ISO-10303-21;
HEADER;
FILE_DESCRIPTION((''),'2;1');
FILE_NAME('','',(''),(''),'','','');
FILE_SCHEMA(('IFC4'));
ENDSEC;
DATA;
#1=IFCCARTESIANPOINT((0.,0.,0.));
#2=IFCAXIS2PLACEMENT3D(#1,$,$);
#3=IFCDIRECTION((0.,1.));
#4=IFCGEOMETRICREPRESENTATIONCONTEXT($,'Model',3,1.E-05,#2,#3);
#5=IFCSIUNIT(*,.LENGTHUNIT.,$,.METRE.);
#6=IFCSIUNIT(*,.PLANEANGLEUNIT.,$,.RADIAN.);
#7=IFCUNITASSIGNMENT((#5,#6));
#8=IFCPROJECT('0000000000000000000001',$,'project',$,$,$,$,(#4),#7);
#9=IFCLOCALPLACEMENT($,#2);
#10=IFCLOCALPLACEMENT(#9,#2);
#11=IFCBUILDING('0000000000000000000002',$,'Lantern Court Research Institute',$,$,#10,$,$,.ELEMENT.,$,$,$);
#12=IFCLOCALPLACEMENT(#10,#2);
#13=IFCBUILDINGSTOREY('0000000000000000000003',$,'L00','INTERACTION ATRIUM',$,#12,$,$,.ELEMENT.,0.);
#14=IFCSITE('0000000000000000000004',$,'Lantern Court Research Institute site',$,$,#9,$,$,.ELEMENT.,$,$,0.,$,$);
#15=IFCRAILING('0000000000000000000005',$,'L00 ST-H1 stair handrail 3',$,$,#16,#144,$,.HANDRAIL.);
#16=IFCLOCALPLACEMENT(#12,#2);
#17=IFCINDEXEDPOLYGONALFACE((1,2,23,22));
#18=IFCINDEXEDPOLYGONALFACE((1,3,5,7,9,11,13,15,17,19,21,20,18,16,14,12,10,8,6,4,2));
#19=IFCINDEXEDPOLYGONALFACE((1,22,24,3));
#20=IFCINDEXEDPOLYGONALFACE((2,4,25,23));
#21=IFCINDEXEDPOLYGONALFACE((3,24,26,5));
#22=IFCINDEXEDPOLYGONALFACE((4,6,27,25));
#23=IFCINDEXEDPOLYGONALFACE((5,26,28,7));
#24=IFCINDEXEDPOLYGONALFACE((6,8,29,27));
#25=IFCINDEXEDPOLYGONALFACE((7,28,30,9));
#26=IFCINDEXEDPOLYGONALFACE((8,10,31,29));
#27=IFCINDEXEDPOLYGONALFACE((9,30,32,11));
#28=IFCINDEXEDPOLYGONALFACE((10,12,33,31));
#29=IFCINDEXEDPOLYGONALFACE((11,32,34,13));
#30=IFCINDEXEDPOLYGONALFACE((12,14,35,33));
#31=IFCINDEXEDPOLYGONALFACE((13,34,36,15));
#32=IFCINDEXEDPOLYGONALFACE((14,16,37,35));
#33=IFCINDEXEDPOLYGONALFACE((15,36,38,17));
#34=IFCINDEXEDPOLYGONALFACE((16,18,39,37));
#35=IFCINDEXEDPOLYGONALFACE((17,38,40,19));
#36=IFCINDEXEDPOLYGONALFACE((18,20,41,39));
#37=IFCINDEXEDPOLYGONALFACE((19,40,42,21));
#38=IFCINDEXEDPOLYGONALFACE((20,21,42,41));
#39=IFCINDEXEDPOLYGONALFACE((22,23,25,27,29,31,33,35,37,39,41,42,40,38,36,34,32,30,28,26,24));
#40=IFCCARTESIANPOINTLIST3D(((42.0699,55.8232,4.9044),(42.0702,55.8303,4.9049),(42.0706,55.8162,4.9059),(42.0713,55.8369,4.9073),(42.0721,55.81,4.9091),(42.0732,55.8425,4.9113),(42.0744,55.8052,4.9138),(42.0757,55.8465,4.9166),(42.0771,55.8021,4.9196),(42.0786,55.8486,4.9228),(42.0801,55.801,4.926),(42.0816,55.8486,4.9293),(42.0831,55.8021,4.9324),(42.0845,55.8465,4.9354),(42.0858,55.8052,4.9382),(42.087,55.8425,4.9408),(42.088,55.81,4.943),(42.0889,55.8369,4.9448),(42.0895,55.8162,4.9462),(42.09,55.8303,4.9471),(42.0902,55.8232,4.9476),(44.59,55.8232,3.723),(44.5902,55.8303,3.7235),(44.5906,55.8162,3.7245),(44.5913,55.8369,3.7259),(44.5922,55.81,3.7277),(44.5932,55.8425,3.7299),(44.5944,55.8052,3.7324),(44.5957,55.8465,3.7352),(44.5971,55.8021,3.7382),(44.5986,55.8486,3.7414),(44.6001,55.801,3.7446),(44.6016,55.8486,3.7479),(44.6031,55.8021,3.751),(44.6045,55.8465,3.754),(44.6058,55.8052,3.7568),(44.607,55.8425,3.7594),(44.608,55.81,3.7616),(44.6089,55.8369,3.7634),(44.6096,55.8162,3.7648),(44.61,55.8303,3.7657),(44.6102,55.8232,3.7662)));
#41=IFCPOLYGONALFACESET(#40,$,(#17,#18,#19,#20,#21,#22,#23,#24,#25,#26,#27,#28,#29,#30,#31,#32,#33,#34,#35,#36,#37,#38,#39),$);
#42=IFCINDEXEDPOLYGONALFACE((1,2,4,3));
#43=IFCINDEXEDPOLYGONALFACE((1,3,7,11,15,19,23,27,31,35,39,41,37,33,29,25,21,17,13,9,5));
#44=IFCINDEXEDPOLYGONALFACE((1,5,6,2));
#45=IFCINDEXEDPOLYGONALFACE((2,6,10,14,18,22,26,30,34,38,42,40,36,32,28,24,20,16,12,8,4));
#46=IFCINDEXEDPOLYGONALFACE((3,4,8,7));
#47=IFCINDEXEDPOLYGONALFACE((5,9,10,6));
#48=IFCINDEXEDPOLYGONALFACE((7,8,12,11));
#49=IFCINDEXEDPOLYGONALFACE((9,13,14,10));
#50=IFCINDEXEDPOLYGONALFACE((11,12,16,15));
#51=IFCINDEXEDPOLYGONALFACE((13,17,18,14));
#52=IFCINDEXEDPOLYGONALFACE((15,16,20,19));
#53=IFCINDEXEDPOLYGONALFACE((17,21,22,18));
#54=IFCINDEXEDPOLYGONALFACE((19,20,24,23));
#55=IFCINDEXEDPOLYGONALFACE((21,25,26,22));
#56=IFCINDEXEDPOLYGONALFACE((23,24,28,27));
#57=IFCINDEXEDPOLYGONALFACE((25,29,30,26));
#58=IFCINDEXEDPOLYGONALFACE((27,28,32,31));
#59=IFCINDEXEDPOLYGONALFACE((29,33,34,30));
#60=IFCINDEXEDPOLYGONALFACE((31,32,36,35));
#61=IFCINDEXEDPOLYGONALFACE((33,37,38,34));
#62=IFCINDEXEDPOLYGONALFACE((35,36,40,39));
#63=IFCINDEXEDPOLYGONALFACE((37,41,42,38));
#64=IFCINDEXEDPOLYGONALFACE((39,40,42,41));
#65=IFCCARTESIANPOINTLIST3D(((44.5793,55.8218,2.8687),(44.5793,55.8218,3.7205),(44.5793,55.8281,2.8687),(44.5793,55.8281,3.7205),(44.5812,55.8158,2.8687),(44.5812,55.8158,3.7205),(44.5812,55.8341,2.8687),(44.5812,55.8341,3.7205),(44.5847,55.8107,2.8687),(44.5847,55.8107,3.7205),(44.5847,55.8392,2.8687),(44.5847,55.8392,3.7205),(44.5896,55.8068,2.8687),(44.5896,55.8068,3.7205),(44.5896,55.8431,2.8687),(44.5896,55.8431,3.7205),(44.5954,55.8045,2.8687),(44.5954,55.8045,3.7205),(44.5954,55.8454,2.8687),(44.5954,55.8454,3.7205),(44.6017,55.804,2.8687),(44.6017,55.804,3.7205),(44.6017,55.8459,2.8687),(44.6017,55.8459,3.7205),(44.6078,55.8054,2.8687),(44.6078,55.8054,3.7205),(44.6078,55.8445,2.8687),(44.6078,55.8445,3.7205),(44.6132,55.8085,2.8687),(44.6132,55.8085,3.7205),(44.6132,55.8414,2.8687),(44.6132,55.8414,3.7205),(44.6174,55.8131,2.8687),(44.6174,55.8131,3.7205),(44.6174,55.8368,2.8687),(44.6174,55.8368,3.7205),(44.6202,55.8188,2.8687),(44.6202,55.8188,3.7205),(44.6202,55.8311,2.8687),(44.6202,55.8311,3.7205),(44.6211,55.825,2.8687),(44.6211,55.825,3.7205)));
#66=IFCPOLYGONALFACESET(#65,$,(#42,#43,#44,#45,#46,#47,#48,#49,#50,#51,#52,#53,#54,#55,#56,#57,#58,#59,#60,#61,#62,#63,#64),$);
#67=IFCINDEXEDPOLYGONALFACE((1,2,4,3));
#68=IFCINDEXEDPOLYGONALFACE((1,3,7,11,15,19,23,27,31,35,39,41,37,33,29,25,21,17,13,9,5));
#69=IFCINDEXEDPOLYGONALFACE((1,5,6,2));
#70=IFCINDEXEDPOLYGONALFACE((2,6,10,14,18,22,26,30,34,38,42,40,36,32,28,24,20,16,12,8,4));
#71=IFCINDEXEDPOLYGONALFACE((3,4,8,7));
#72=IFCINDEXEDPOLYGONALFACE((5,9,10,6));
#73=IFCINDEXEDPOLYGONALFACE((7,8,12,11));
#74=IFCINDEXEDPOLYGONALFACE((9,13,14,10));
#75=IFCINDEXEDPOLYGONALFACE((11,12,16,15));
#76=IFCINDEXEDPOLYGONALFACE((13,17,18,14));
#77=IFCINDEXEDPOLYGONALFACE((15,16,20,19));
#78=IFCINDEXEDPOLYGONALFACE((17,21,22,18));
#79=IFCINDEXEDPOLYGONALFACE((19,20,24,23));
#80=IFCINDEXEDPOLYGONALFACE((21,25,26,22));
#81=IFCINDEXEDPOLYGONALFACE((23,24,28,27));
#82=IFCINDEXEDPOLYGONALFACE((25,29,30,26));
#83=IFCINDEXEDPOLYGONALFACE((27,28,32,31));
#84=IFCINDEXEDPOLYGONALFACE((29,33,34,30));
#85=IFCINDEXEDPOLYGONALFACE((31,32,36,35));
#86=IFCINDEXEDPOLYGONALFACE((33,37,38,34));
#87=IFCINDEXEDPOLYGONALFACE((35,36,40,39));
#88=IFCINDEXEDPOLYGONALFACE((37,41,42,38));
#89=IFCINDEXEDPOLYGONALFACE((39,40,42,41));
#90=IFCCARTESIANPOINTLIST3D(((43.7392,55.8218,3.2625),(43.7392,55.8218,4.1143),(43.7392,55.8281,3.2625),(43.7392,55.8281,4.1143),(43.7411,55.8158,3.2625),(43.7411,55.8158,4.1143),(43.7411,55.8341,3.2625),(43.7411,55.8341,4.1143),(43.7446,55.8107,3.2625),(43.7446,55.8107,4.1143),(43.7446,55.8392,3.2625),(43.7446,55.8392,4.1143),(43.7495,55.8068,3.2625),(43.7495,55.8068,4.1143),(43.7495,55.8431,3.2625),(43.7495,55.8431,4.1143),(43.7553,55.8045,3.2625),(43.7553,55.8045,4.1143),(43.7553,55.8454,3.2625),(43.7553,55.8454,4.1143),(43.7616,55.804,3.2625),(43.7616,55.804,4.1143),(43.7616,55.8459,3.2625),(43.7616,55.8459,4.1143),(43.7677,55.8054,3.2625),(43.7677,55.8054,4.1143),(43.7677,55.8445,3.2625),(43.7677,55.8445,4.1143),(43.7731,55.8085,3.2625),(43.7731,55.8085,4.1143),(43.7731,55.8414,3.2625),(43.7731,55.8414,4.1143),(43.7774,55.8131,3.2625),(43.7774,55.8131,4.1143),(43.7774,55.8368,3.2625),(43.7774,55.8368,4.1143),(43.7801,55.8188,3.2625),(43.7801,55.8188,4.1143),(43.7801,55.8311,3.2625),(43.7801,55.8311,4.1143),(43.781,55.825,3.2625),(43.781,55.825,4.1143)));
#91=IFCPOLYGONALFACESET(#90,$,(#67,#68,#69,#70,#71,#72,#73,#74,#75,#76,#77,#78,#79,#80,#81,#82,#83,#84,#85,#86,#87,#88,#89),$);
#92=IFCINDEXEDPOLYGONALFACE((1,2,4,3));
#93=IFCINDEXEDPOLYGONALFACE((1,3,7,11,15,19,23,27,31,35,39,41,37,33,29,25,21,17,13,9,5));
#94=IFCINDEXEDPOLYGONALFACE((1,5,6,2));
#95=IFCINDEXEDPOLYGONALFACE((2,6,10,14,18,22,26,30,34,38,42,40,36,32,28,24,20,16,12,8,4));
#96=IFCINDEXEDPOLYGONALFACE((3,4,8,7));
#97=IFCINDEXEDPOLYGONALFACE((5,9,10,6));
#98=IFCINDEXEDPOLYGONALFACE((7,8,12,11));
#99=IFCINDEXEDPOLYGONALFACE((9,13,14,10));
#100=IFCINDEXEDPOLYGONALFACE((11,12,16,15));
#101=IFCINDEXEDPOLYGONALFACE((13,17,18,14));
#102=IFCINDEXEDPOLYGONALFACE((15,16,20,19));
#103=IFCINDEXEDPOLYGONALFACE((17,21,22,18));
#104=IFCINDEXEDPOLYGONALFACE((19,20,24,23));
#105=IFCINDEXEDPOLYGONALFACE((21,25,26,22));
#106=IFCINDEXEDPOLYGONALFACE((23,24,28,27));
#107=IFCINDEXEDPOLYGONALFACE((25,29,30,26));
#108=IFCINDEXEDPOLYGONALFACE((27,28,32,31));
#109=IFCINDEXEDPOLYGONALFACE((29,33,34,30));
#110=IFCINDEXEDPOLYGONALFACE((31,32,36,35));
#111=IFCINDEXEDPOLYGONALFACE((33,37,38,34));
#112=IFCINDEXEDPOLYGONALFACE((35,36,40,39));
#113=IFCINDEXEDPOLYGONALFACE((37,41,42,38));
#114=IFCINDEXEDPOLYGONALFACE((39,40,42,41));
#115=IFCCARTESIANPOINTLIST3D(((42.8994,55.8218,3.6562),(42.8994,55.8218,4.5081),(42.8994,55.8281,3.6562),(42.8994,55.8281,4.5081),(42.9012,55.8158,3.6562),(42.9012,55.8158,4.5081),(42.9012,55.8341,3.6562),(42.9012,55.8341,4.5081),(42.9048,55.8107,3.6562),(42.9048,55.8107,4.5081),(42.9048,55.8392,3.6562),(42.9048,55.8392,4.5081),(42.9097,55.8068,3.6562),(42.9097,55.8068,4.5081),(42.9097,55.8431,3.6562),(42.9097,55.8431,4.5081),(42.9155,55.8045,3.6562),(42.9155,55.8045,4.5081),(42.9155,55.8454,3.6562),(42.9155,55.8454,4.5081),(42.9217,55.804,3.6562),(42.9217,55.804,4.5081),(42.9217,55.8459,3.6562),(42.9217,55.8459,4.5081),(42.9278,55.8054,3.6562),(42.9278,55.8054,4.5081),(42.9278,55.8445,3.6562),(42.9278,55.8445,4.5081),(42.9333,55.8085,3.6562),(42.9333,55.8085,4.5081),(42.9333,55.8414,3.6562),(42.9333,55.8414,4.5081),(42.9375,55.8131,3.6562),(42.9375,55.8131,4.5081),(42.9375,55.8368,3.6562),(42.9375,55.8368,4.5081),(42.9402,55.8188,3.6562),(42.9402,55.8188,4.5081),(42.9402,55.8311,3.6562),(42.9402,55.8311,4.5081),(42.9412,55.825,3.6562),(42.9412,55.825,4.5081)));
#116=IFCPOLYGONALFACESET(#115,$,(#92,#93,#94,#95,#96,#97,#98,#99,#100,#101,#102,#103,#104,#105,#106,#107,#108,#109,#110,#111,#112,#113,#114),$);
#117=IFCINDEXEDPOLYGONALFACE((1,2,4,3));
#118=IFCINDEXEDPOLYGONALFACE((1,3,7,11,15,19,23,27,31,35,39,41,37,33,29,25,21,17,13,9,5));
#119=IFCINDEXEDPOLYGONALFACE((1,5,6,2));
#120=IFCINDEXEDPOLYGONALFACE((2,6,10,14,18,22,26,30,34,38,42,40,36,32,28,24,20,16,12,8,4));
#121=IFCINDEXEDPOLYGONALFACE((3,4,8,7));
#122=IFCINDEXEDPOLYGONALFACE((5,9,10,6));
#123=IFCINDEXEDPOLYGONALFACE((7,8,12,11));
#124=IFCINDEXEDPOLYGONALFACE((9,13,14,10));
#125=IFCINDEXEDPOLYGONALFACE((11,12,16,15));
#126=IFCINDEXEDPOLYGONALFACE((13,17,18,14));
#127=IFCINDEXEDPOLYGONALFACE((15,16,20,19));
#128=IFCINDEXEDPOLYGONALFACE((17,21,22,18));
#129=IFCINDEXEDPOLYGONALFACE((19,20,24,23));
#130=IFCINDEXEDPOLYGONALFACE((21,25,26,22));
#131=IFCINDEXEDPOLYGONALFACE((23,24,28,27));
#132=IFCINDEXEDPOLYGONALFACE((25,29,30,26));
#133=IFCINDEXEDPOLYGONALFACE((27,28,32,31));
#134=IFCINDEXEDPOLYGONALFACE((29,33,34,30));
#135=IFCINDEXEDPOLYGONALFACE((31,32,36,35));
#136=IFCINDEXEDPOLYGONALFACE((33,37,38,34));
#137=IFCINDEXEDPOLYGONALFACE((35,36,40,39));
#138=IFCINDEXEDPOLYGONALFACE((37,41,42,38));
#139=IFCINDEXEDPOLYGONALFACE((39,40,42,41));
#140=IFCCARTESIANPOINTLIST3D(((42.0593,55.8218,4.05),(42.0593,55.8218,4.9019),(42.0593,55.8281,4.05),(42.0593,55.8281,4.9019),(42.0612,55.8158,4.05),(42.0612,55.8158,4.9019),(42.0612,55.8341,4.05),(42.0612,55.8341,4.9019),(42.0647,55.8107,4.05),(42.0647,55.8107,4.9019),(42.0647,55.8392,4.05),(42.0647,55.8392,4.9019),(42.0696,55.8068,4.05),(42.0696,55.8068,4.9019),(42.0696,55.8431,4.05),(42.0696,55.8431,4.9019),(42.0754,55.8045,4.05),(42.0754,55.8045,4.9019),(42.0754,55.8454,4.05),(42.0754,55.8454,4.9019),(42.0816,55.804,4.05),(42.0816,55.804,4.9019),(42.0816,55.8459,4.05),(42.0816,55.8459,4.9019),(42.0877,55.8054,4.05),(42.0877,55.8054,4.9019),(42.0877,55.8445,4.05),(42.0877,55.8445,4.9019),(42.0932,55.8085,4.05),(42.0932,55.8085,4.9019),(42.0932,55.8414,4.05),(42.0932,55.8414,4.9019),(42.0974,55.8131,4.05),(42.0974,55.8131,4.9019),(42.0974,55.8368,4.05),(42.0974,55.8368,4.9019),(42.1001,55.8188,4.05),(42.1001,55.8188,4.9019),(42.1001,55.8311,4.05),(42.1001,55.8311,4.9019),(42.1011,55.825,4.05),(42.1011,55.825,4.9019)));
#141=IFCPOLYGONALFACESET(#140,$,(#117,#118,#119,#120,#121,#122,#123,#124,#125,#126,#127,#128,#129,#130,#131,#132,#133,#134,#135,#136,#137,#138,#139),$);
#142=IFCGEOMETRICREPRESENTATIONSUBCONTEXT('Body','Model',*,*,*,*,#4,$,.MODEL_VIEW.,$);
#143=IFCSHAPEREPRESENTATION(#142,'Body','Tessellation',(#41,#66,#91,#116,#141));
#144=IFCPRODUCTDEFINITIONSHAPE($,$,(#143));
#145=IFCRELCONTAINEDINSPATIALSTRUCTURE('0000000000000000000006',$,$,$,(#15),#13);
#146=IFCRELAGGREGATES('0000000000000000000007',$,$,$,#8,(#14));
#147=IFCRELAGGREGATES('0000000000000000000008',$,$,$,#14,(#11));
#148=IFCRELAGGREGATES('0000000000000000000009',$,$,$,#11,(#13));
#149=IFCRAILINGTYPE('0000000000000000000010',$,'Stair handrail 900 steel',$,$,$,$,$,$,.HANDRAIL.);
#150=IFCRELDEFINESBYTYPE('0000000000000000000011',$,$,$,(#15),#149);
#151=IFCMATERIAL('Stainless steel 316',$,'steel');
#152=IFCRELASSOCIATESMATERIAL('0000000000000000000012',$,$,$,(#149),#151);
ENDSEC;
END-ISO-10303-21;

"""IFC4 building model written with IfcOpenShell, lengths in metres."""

from ifc_helpers import new_model, si_unit, direction, frame, origin, origin_2d, place, context, subcontext, project, spatial, circle, extrude, material, type_object, element, save


model = new_model("IFC4")

# Units and contexts
model_context = context("Model", 3, precision=1e-05, world=origin(), true_north=direction((0.0, 1.0)))
body_context = subcontext(model_context, "Body", "Model", "MODEL_VIEW")
ifc_project = project(units=[si_unit("LENGTHUNIT", "METRE"), si_unit("PLANEANGLEUNIT", "RADIAN")], contexts=[model_context])

# Site, building, storey
site_placement = place(None, origin())
site = spatial("IfcSite", under=ifc_project, at=site_placement, Name="Lantern Court Research Institute site", CompositionType="ELEMENT", RefElevation=0.0)
building_placement = place(site_placement, origin())
building = spatial("IfcBuilding", under=site, at=building_placement, Name="Lantern Court Research Institute", CompositionType="ELEMENT")
storey_placement = place(building_placement, origin())
storey = spatial("IfcBuildingStorey", under=building, at=storey_placement, Name="L00", Description="INTERACTION ATRIUM", CompositionType="ELEMENT", Elevation=0.0)

# Railing
ifc_material_1 = material(Name="Stainless steel 316", Category="steel")
railing_type_1 = type_object("IfcRailingType", Name="Stair handrail 900 steel", PredefinedType="HANDRAIL", material=ifc_material_1)
for number, where, name in (
    (1, (44.6001, 55.825, 2.8687), "L00 ST-H1 stair handrail 3"),
):
    element("IfcRailing", number, at=place(storey_placement, frame(where)), inside=storey, type_object=railing_type_1, Name=name, PredefinedType="HANDRAIL", context=body_context, shape_type="SweptSolid", body=[
        extrude(circle(Radius=0.0239, at=origin_2d()), frame((0.0, 0.0, 0.876), z_axis=(-0.90544, 0.0, 0.424474), x_axis=(0.0, -1.0, 0.0)), (0.0, 0.0, 1.0), 2.7832),
        extrude(circle(Radius=0.021, at=origin_2d()), origin(), (0.0, 0.0, 1.0), 0.8518),
        extrude(circle(Radius=0.021, at=origin_2d()), frame((-0.8401, 0.0, 0.3938)), (0.0, 0.0, 1.0), 0.8518),
        extrude(circle(Radius=0.021, at=origin_2d()), frame((-1.6799, 0.0, 0.7876)), (0.0, 0.0, 1.0), 0.8518),
        extrude(circle(Radius=0.021, at=origin_2d()), frame((-2.52, 0.0, 1.1814)), (0.0, 0.0, 1.0), 0.8518),
    ])

save(model, "model.ifc")
